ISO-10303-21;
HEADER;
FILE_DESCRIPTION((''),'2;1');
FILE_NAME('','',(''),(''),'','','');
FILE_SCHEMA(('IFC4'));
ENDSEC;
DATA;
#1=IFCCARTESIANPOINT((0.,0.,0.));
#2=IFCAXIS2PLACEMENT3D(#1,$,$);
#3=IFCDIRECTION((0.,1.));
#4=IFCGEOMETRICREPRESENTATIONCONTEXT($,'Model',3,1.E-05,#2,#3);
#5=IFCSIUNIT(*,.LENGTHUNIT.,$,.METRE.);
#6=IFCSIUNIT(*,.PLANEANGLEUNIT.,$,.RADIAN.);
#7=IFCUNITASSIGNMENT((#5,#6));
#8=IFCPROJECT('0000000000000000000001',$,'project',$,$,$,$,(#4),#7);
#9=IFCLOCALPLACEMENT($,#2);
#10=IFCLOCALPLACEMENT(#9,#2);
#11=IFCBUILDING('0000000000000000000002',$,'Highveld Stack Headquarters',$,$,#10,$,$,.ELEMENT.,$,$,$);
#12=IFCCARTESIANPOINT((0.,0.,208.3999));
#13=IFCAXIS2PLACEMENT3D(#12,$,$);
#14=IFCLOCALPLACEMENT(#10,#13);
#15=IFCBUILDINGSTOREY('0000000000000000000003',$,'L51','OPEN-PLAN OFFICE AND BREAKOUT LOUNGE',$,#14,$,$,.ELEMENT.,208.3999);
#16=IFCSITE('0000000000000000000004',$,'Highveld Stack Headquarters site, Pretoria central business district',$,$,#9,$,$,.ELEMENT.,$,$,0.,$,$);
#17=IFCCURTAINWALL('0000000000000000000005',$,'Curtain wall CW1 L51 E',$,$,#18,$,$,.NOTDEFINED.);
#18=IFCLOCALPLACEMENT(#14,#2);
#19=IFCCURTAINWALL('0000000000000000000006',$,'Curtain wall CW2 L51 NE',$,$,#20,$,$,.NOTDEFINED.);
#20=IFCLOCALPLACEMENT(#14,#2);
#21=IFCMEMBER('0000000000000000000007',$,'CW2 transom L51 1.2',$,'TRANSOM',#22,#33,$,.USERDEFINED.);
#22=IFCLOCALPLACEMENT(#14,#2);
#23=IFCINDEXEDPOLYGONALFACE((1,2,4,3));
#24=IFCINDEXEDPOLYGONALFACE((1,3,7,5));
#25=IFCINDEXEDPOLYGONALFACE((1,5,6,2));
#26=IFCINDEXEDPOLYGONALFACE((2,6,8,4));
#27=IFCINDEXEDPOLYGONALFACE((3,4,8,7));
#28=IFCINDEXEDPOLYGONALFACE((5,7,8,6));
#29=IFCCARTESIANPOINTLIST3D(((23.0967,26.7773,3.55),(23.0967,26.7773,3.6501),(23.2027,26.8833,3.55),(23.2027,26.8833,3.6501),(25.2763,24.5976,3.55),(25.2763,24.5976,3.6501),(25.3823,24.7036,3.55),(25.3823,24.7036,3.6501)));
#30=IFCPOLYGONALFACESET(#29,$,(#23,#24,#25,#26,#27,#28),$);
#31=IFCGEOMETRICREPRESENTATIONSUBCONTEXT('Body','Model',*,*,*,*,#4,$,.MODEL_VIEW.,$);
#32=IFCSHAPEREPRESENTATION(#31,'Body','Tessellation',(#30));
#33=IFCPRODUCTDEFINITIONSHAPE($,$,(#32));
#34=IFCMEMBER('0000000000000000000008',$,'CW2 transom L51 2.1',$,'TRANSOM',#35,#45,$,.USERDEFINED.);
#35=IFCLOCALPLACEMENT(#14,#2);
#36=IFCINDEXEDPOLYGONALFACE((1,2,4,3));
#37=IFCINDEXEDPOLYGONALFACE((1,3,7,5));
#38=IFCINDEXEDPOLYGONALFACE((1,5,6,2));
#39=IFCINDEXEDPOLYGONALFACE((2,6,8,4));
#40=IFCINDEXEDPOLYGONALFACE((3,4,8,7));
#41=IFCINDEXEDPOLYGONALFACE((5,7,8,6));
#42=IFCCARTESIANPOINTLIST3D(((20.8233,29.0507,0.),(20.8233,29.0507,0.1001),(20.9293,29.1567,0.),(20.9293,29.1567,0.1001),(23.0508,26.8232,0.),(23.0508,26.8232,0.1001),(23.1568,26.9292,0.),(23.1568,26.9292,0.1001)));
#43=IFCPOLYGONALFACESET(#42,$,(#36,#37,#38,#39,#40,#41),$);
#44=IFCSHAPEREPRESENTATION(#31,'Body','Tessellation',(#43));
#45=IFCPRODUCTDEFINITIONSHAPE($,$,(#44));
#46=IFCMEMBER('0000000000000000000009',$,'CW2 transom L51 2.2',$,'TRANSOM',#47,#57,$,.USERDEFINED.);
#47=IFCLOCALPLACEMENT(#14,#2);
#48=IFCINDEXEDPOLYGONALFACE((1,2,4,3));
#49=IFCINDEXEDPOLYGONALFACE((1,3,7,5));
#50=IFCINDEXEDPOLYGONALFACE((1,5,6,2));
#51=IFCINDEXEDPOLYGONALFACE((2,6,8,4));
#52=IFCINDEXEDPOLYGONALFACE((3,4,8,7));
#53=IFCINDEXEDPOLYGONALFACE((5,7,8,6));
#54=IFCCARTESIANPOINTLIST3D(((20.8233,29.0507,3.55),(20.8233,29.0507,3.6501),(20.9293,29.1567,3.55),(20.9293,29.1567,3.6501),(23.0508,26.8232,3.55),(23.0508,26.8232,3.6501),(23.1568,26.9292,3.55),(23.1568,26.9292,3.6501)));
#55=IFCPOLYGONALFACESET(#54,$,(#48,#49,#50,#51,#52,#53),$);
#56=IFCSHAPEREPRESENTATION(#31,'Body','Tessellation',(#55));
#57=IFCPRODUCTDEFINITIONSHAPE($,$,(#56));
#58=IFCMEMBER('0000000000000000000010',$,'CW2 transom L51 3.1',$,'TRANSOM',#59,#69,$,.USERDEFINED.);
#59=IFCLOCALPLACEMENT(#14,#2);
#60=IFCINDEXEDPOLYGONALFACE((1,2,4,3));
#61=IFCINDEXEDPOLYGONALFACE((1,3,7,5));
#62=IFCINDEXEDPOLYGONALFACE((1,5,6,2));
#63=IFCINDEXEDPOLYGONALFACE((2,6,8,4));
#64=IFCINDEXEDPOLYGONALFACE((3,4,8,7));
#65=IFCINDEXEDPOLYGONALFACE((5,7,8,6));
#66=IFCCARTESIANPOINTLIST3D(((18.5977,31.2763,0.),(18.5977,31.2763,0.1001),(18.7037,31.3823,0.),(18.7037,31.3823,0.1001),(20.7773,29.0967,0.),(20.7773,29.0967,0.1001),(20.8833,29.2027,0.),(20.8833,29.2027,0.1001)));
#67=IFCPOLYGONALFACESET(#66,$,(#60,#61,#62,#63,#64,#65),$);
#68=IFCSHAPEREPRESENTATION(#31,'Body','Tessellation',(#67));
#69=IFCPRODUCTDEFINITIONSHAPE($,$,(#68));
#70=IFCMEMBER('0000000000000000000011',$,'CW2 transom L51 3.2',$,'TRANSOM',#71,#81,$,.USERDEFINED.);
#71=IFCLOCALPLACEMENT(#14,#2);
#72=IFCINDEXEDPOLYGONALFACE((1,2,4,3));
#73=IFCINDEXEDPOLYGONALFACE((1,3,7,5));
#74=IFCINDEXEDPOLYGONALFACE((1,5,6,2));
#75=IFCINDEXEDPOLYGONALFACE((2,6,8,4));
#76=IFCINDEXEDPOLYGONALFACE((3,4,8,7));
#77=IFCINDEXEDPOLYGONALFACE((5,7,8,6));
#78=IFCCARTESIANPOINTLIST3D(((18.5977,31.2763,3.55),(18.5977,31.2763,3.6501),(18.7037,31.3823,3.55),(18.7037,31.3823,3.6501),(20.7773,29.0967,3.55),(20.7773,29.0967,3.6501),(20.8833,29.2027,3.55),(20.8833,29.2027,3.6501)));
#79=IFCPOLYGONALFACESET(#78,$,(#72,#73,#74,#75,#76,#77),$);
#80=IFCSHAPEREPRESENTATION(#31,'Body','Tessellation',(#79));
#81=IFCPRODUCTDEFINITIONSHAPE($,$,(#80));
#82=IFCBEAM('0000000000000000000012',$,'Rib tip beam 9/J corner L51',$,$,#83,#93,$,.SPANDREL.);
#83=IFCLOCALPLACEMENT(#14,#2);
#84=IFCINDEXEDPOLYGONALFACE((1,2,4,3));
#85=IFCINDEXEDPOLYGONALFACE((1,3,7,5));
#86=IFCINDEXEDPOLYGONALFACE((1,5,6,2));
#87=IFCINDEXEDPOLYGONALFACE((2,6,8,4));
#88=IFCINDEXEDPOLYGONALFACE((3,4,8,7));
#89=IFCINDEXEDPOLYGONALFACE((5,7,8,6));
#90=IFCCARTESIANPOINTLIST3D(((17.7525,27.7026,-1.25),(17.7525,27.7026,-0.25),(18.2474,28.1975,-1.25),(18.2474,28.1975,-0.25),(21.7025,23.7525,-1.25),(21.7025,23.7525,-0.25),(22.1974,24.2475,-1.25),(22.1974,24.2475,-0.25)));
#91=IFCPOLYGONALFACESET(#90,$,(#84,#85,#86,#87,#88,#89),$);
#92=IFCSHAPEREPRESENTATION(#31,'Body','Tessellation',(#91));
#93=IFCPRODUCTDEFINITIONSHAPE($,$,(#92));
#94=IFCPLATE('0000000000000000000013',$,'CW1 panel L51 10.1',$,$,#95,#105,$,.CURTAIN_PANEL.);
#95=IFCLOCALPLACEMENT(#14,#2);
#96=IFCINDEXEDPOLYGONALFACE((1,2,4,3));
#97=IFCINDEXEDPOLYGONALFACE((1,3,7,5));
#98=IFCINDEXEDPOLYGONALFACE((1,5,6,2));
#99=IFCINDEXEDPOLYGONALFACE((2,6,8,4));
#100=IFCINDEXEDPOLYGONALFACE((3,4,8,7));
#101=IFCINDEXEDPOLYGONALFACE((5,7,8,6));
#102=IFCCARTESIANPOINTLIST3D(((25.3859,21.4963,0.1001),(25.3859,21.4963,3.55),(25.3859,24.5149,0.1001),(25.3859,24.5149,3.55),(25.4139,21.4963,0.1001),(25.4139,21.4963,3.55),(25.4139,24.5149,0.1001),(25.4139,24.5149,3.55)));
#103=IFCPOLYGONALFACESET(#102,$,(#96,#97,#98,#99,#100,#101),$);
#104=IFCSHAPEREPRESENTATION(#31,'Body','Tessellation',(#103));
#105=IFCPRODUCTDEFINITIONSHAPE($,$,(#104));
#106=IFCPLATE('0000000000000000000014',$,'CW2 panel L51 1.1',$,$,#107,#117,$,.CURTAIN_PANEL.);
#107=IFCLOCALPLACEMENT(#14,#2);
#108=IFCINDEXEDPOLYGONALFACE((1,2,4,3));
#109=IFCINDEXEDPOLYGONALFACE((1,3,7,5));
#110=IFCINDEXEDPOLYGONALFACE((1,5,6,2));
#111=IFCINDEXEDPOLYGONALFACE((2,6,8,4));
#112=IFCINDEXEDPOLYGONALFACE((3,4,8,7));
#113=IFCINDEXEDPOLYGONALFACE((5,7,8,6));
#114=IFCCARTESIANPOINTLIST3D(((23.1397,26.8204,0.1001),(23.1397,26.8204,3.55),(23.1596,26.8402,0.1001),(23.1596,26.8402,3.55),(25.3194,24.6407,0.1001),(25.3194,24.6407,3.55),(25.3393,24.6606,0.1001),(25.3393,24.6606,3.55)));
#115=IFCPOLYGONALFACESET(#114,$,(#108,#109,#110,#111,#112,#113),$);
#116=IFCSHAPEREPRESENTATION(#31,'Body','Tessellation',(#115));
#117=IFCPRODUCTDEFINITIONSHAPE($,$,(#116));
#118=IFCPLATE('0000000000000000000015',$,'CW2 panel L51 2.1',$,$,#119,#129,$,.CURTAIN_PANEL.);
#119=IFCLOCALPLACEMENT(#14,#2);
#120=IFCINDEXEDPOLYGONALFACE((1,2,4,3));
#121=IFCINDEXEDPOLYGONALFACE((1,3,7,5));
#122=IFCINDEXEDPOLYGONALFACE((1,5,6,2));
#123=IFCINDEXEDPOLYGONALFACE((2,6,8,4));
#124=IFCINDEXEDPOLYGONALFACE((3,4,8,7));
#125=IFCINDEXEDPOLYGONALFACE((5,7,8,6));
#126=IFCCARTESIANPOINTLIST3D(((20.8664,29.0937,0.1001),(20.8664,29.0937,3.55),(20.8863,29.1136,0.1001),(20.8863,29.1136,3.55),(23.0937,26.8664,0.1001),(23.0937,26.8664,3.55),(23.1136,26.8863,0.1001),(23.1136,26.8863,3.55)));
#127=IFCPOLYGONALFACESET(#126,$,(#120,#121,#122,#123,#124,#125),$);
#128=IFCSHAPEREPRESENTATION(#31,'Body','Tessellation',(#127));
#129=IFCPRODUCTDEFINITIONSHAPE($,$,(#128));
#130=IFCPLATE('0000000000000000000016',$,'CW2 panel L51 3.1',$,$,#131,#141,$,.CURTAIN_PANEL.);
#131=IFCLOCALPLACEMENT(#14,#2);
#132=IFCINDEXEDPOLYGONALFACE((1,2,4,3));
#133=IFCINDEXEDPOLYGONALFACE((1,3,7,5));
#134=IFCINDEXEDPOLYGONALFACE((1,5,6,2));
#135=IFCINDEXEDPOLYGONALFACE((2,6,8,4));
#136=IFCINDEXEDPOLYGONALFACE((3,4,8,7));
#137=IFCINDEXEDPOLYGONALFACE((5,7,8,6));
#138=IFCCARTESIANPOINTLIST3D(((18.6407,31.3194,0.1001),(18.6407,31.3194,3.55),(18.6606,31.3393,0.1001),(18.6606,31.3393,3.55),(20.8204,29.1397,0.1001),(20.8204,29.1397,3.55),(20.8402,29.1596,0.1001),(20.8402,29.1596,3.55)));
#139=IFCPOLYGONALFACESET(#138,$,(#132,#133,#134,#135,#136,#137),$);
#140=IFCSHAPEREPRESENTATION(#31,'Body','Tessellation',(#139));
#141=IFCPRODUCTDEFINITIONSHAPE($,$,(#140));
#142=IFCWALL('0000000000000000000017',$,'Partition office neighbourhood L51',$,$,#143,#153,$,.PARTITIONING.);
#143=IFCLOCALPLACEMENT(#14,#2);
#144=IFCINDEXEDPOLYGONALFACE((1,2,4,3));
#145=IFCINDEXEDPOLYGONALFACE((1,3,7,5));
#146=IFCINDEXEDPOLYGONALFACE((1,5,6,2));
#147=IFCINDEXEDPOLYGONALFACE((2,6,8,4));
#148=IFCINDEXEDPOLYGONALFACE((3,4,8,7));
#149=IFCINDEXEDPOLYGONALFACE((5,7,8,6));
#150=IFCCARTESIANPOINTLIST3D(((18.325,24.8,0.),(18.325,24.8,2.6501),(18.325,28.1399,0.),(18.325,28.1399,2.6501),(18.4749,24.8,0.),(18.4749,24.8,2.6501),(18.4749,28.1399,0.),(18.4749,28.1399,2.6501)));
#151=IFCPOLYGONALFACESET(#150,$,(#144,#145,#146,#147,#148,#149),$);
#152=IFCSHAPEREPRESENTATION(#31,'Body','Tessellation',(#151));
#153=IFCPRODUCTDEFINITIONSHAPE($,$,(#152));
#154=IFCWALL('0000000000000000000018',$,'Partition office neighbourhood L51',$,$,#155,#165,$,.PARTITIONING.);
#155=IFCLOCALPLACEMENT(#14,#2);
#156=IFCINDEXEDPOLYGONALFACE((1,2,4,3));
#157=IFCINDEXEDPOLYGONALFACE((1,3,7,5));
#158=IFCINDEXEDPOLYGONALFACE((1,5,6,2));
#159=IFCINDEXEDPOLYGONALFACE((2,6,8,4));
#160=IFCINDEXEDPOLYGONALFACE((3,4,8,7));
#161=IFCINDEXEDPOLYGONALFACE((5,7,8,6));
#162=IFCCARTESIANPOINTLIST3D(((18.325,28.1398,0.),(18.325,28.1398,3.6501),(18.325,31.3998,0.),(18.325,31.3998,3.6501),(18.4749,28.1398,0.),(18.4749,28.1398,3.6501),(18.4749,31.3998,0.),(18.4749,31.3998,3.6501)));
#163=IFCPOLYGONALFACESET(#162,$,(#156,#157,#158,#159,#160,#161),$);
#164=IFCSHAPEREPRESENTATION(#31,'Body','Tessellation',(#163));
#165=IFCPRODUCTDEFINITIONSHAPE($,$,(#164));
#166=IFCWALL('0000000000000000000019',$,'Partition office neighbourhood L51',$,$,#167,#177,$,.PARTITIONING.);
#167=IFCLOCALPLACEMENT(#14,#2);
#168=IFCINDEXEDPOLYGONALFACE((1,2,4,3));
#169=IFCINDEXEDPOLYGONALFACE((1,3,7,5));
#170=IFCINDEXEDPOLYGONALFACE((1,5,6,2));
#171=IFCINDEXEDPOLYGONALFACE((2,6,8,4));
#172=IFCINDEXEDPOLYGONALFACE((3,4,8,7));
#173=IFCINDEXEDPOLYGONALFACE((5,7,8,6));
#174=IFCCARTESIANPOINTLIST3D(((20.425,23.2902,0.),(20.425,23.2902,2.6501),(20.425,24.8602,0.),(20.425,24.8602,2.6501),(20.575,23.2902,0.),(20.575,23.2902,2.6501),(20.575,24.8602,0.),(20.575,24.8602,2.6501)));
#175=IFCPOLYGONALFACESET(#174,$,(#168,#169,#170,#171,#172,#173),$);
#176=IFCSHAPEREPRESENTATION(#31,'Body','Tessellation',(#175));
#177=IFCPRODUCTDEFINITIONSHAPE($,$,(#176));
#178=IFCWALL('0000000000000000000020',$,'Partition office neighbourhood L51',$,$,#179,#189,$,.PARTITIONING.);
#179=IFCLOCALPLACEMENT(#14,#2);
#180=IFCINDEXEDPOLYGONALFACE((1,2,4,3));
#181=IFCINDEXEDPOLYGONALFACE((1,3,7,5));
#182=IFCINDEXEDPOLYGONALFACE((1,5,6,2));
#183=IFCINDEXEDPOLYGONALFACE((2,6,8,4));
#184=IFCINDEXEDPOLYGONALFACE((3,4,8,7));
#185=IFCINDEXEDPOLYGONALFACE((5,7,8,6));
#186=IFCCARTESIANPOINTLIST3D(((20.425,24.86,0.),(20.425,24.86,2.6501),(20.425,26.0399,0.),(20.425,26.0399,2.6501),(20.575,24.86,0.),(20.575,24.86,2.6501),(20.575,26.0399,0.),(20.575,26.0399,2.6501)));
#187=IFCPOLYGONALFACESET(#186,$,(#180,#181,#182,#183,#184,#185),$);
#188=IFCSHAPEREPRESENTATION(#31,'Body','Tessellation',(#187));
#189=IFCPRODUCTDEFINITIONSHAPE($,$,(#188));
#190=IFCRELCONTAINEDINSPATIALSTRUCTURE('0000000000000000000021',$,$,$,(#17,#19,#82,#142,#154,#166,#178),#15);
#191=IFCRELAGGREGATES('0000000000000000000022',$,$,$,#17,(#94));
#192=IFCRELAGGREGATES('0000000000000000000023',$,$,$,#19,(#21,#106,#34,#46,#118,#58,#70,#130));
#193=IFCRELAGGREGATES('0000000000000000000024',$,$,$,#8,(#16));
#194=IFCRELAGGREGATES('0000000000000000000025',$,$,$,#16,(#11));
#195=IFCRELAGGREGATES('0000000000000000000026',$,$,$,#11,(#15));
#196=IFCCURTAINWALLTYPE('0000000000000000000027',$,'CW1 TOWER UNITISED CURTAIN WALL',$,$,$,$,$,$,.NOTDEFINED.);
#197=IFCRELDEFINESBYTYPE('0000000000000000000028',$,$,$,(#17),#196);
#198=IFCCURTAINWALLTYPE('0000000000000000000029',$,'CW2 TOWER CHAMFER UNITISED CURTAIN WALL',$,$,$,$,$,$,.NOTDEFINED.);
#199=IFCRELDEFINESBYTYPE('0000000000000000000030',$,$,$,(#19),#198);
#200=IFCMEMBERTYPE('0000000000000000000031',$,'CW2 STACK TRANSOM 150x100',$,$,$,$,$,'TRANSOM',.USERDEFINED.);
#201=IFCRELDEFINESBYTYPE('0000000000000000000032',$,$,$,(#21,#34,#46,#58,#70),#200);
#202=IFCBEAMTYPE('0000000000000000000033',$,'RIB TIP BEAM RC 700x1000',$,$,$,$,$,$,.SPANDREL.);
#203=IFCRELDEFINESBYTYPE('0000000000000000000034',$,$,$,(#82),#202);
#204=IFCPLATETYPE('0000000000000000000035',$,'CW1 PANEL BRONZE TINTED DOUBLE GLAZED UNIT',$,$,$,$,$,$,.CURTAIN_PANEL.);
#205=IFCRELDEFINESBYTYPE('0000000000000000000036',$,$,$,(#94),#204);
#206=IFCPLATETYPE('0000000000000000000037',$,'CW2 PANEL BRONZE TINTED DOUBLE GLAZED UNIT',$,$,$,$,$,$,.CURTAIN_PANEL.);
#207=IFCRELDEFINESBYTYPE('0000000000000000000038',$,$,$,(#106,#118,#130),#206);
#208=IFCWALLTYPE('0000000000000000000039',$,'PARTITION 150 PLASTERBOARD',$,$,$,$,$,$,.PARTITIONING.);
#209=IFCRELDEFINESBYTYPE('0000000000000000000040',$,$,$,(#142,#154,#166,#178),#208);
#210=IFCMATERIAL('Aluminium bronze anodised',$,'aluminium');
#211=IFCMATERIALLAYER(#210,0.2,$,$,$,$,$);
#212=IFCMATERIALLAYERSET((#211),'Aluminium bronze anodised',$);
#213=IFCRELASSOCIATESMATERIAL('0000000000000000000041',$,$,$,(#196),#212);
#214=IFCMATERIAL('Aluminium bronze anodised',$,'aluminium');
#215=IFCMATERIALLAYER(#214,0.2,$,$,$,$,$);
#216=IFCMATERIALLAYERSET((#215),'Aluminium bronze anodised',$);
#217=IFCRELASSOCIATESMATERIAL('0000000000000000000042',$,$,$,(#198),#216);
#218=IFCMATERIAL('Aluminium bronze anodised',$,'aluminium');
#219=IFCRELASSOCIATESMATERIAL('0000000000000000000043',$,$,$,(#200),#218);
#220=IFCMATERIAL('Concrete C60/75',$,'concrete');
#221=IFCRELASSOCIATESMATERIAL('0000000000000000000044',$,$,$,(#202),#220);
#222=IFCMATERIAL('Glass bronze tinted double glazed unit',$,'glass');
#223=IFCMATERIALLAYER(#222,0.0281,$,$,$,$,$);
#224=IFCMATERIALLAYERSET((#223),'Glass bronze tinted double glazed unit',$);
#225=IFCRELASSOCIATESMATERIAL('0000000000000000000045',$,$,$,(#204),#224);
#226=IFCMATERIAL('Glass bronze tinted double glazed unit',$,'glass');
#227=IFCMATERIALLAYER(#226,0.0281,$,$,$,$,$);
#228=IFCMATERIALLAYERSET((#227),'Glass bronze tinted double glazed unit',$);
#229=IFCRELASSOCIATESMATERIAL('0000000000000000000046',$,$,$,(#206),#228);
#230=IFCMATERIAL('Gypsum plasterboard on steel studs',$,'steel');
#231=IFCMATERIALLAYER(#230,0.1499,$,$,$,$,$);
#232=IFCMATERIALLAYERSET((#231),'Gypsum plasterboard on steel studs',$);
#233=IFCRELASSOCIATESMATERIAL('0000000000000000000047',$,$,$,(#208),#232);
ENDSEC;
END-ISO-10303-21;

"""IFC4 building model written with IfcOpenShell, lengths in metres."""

from ifc_helpers import new_model, si_unit, direction, frame, frame_2d, origin, origin_2d, place, context, subcontext, project, spatial, rectangle, extrude, material, layer, layer_set, material_profile, profile_set, type_object, element, aggregate, save


model = new_model("IFC4")

# Units and contexts
model_context = context("Model", 3, precision=1e-05, world=origin(), true_north=direction((0.0, 1.0)))
body_context = subcontext(model_context, "Body", "Model", "MODEL_VIEW")
ifc_project = project(units=[si_unit("LENGTHUNIT", "METRE"), si_unit("PLANEANGLEUNIT", "RADIAN")], contexts=[model_context])

# Site, building, storey
site_placement = place(None, origin())
site = spatial("IfcSite", under=ifc_project, at=site_placement, Name="Highveld Stack Headquarters site, Pretoria central business district", CompositionType="ELEMENT", RefElevation=0.0)
building_placement = place(site_placement, origin())
building = spatial("IfcBuilding", under=site, at=building_placement, Name="Highveld Stack Headquarters", CompositionType="ELEMENT")
storey_placement = place(building_placement, frame((0.0, 0.0, 208.3999)))
storey = spatial("IfcBuildingStorey", under=building, at=storey_placement, Name="L51", Description="OPEN-PLAN OFFICE AND BREAKOUT LOUNGE", CompositionType="ELEMENT", Elevation=208.3999)

# Curtain wall
ifc_material_1 = material(Name="Aluminium bronze anodised", Category="aluminium")
ifc_layer_1 = layer(ifc_material_1, 0.2)
ifc_layer_set_1 = layer_set([ifc_layer_1], Name="Aluminium bronze anodised")
curtain_wall_type_1 = type_object("IfcCurtainWallType", Name="CW1 TOWER UNITISED CURTAIN WALL", PredefinedType="NOTDEFINED", material=ifc_layer_set_1)
curtain_wall_1_placement = place(storey_placement, origin())
curtain_wall_1 = element("IfcCurtainWall", 1, at=curtain_wall_1_placement, inside=storey, type_object=curtain_wall_type_1, Name="Curtain wall CW1 L51 E", PredefinedType="NOTDEFINED")

# Curtain wall, members
ifc_material_2 = material(Name="Aluminium bronze anodised", Category="aluminium")
ifc_layer_2 = layer(ifc_material_2, 0.2)
ifc_layer_set_2 = layer_set([ifc_layer_2], Name="Aluminium bronze anodised")
curtain_wall_type_2 = type_object("IfcCurtainWallType", Name="CW2 TOWER CHAMFER UNITISED CURTAIN WALL", PredefinedType="NOTDEFINED", material=ifc_layer_set_2)
curtain_wall_2_placement = place(storey_placement, origin())
curtain_wall_2 = element("IfcCurtainWall", 2, at=curtain_wall_2_placement, inside=storey, type_object=curtain_wall_type_2, Name="Curtain wall CW2 L51 NE", PredefinedType="NOTDEFINED")
ifc_material_3 = material(Name="Aluminium bronze anodised", Category="aluminium")
ifc_material_profile_1 = material_profile(ifc_material_3, rectangle(XDim=0.1499, YDim=0.1001, at=origin_2d()), Name="CW2 TRANSOM 150x100")
ifc_profile_set_1 = profile_set([ifc_material_profile_1], Name="Aluminium bronze anodised")
member_type_1 = type_object("IfcMemberType", Name="CW2 STACK TRANSOM 150x100", ElementType="TRANSOM", PredefinedType="USERDEFINED", material=ifc_profile_set_1)
member_1_placement = place(storey_placement, frame((25.3293, 24.6506, 3.6001), z_axis=(-0.707107, 0.707107, 0.0), x_axis=(-0.707107, -0.707107, 0.0)))
member_1 = element("IfcMember", 3, at=member_1_placement, type_object=member_type_1, Name="CW2 transom L51 1.2", ObjectType="TRANSOM", PredefinedType="USERDEFINED", context=body_context, shape_type="SweptSolid", body=[
    extrude(rectangle(XDim=0.1499, YDim=0.1001, at=origin_2d()), origin(), (0.0, 0.0, 1.0), 3.0825),
])
member_2_placement = place(storey_placement, frame((23.1038, 26.8762, 0.05), z_axis=(-0.707107, 0.707107, 0.0), x_axis=(-0.707107, -0.707107, 0.0)))
member_2 = element("IfcMember", 4, at=member_2_placement, type_object=member_type_1, Name="CW2 transom L51 2.1", ObjectType="TRANSOM", PredefinedType="USERDEFINED", context=body_context, shape_type="SweptSolid", body=[
    extrude(rectangle(XDim=0.1499, YDim=0.1001, at=origin_2d()), origin(), (0.0, 0.0, 1.0), 3.1501),
])
member_3_placement = place(storey_placement, frame((23.1038, 26.8762, 3.6001), z_axis=(-0.707107, 0.707107, 0.0), x_axis=(-0.707107, -0.707107, 0.0)))
member_3 = element("IfcMember", 5, at=member_3_placement, type_object=member_type_1, Name="CW2 transom L51 2.2", ObjectType="TRANSOM", PredefinedType="USERDEFINED", context=body_context, shape_type="SweptSolid", body=[
    extrude(rectangle(XDim=0.1499, YDim=0.1001, at=origin_2d()), origin(), (0.0, 0.0, 1.0), 3.1501),
])
member_4_placement = place(storey_placement, frame((20.8303, 29.1497, 0.05), z_axis=(-0.707107, 0.707107, 0.0), x_axis=(-0.707107, -0.707107, 0.0)))
member_4 = element("IfcMember", 6, at=member_4_placement, type_object=member_type_1, Name="CW2 transom L51 3.1", ObjectType="TRANSOM", PredefinedType="USERDEFINED", context=body_context, shape_type="SweptSolid", body=[
    extrude(rectangle(XDim=0.1499, YDim=0.1001, at=origin_2d()), origin(), (0.0, 0.0, 1.0), 3.0825),
])
member_5_placement = place(storey_placement, frame((20.8303, 29.1497, 3.6001), z_axis=(-0.707107, 0.707107, 0.0), x_axis=(-0.707107, -0.707107, 0.0)))
member_5 = element("IfcMember", 7, at=member_5_placement, type_object=member_type_1, Name="CW2 transom L51 3.2", ObjectType="TRANSOM", PredefinedType="USERDEFINED", context=body_context, shape_type="SweptSolid", body=[
    extrude(rectangle(XDim=0.1499, YDim=0.1001, at=origin_2d()), origin(), (0.0, 0.0, 1.0), 3.0825),
])

# Beam
ifc_material_4 = material(Name="Concrete C60/75", Category="concrete")
ifc_material_profile_2 = material_profile(ifc_material_4, rectangle(XDim=0.7, YDim=1.0, at=origin_2d()), Name="RC 700x1000")
ifc_profile_set_2 = profile_set([ifc_material_profile_2], Name="Concrete C60/75")
beam_type = type_object("IfcBeamType", Name="RIB TIP BEAM RC 700x1000", PredefinedType="SPANDREL", material=ifc_profile_set_2)
beam_placement = place(storey_placement, frame((21.95, 24.0, -0.75), z_axis=(-0.707107, 0.707107, 0.0), x_axis=(-0.707107, -0.707107, 0.0)))
element("IfcBeam", 8, at=beam_placement, inside=storey, type_object=beam_type, Name="Rib tip beam 9/J corner L51", PredefinedType="SPANDREL", context=body_context, shape_type="SweptSolid", body=[
    extrude(rectangle(XDim=0.7, YDim=1.0, at=origin_2d()), origin(), (0.0, 0.0, 1.0), 5.5862),
])

# Plates
ifc_material_5 = material(Name="Glass bronze tinted double glazed unit", Category="glass")
ifc_layer_3 = layer(ifc_material_5, 0.0281)
ifc_layer_set_3 = layer_set([ifc_layer_3], Name="Glass bronze tinted double glazed unit")
plate_type_1 = type_object("IfcPlateType", Name="CW1 PANEL BRONZE TINTED DOUBLE GLAZED UNIT", PredefinedType="CURTAIN_PANEL", material=ifc_layer_set_3)
plate_1_placement = place(storey_placement, frame((25.3999, 23.0056, 0.1001), z_axis=(0.0, 0.0, 1.0), x_axis=(0.0, 1.0, 0.0)))
plate_1 = element("IfcPlate", 9, at=plate_1_placement, type_object=plate_type_1, Name="CW1 panel L51 10.1", PredefinedType="CURTAIN_PANEL", context=body_context, shape_type="SweptSolid", body=[
    extrude(rectangle(XDim=3.0186, YDim=0.0281, at=origin_2d()), origin(), (0.0, 0.0, 1.0), 3.45),
])
aggregate(curtain_wall_1, [plate_1])
ifc_material_6 = material(Name="Glass bronze tinted double glazed unit", Category="glass")
ifc_layer_4 = layer(ifc_material_6, 0.0281)
ifc_layer_set_4 = layer_set([ifc_layer_4], Name="Glass bronze tinted double glazed unit")
plate_type_2 = type_object("IfcPlateType", Name="CW2 PANEL BRONZE TINTED DOUBLE GLAZED UNIT", PredefinedType="CURTAIN_PANEL", material=ifc_layer_set_4)
plate_2_placement = place(storey_placement, frame((24.2395, 25.7405, 0.1001), z_axis=(0.0, 0.0, 1.0), x_axis=(-0.707107, 0.707107, 0.0)))
plate_2 = element("IfcPlate", 10, at=plate_2_placement, type_object=plate_type_2, Name="CW2 panel L51 1.1", PredefinedType="CURTAIN_PANEL", context=body_context, shape_type="SweptSolid", body=[
    extrude(rectangle(XDim=3.0825, YDim=0.0281, at=origin_2d()), origin(), (0.0, 0.0, 1.0), 3.45),
])
plate_3_placement = place(storey_placement, frame((21.99, 27.99, 0.1001), z_axis=(0.0, 0.0, 1.0), x_axis=(-0.707107, 0.707107, 0.0)))
plate_3 = element("IfcPlate", 11, at=plate_3_placement, type_object=plate_type_2, Name="CW2 panel L51 2.1", PredefinedType="CURTAIN_PANEL", context=body_context, shape_type="SweptSolid", body=[
    extrude(rectangle(XDim=3.1499, YDim=0.0281, at=origin_2d()), origin(), (0.0, 0.0, 1.0), 3.45),
])
plate_4_placement = place(storey_placement, frame((19.7405, 30.2395, 0.1001), z_axis=(0.0, 0.0, 1.0), x_axis=(-0.707107, 0.707107, 0.0)))
plate_4 = element("IfcPlate", 12, at=plate_4_placement, type_object=plate_type_2, Name="CW2 panel L51 3.1", PredefinedType="CURTAIN_PANEL", context=body_context, shape_type="SweptSolid", body=[
    extrude(rectangle(XDim=3.0825, YDim=0.0281, at=origin_2d()), origin(), (0.0, 0.0, 1.0), 3.45),
])
aggregate(curtain_wall_2, [member_1, plate_2, member_2, member_3, plate_3, member_4, member_5, plate_4])

# Walls
ifc_material_7 = material(Name="Gypsum plasterboard on steel studs", Category="steel")
ifc_layer_5 = layer(ifc_material_7, 0.1499)
ifc_layer_set_5 = layer_set([ifc_layer_5], Name="Gypsum plasterboard on steel studs")
wall_type = type_object("IfcWallType", Name="PARTITION 150 PLASTERBOARD", PredefinedType="PARTITIONING", material=ifc_layer_set_5)
wall_1_placement = place(storey_placement, frame((18.3999, 24.8, 0.0), z_axis=(0.0, 0.0, 1.0), x_axis=(0.0, 1.0, 0.0)))
element("IfcWall", 13, at=wall_1_placement, inside=storey, type_object=wall_type, Name="Partition office neighbourhood L51", PredefinedType="PARTITIONING", context=body_context, shape_type="SweptSolid", body=[
    extrude(rectangle(XDim=3.3398, YDim=0.1499, at=frame_2d((1.6699, 0.0))), origin(), (0.0, 0.0, 1.0), 2.6501),
])
wall_2_placement = place(storey_placement, frame((18.3999, 28.1399, 0.0), z_axis=(0.0, 0.0, 1.0), x_axis=(0.0, 1.0, 0.0)))
element("IfcWall", 14, at=wall_2_placement, inside=storey, type_object=wall_type, Name="Partition office neighbourhood L51", PredefinedType="PARTITIONING", context=body_context, shape_type="SweptSolid", body=[
    extrude(rectangle(XDim=3.26, YDim=0.1499, at=frame_2d((1.6299, 0.0))), origin(), (0.0, 0.0, 1.0), 3.6501),
])
wall_3_placement = place(storey_placement, frame((20.5, 23.29, 0.0), z_axis=(0.0, 0.0, 1.0), x_axis=(0.0, 1.0, 0.0)))
element("IfcWall", 15, at=wall_3_placement, inside=storey, type_object=wall_type, Name="Partition office neighbourhood L51", PredefinedType="PARTITIONING", context=body_context, shape_type="SweptSolid", body=[
    extrude(rectangle(XDim=1.5701, YDim=0.1499, at=frame_2d((0.7852, 0.0))), origin(), (0.0, 0.0, 1.0), 2.6501),
])
wall_4_placement = place(storey_placement, frame((20.5, 24.8601, 0.0), z_axis=(0.0, 0.0, 1.0), x_axis=(0.0, 1.0, 0.0)))
element("IfcWall", 16, at=wall_4_placement, inside=storey, type_object=wall_type, Name="Partition office neighbourhood L51", PredefinedType="PARTITIONING", context=body_context, shape_type="SweptSolid", body=[
    extrude(rectangle(XDim=1.1799, YDim=0.1499, at=frame_2d((0.5898, 0.0))), origin(), (0.0, 0.0, 1.0), 2.6501),
])

save(model, "model.ifc")
